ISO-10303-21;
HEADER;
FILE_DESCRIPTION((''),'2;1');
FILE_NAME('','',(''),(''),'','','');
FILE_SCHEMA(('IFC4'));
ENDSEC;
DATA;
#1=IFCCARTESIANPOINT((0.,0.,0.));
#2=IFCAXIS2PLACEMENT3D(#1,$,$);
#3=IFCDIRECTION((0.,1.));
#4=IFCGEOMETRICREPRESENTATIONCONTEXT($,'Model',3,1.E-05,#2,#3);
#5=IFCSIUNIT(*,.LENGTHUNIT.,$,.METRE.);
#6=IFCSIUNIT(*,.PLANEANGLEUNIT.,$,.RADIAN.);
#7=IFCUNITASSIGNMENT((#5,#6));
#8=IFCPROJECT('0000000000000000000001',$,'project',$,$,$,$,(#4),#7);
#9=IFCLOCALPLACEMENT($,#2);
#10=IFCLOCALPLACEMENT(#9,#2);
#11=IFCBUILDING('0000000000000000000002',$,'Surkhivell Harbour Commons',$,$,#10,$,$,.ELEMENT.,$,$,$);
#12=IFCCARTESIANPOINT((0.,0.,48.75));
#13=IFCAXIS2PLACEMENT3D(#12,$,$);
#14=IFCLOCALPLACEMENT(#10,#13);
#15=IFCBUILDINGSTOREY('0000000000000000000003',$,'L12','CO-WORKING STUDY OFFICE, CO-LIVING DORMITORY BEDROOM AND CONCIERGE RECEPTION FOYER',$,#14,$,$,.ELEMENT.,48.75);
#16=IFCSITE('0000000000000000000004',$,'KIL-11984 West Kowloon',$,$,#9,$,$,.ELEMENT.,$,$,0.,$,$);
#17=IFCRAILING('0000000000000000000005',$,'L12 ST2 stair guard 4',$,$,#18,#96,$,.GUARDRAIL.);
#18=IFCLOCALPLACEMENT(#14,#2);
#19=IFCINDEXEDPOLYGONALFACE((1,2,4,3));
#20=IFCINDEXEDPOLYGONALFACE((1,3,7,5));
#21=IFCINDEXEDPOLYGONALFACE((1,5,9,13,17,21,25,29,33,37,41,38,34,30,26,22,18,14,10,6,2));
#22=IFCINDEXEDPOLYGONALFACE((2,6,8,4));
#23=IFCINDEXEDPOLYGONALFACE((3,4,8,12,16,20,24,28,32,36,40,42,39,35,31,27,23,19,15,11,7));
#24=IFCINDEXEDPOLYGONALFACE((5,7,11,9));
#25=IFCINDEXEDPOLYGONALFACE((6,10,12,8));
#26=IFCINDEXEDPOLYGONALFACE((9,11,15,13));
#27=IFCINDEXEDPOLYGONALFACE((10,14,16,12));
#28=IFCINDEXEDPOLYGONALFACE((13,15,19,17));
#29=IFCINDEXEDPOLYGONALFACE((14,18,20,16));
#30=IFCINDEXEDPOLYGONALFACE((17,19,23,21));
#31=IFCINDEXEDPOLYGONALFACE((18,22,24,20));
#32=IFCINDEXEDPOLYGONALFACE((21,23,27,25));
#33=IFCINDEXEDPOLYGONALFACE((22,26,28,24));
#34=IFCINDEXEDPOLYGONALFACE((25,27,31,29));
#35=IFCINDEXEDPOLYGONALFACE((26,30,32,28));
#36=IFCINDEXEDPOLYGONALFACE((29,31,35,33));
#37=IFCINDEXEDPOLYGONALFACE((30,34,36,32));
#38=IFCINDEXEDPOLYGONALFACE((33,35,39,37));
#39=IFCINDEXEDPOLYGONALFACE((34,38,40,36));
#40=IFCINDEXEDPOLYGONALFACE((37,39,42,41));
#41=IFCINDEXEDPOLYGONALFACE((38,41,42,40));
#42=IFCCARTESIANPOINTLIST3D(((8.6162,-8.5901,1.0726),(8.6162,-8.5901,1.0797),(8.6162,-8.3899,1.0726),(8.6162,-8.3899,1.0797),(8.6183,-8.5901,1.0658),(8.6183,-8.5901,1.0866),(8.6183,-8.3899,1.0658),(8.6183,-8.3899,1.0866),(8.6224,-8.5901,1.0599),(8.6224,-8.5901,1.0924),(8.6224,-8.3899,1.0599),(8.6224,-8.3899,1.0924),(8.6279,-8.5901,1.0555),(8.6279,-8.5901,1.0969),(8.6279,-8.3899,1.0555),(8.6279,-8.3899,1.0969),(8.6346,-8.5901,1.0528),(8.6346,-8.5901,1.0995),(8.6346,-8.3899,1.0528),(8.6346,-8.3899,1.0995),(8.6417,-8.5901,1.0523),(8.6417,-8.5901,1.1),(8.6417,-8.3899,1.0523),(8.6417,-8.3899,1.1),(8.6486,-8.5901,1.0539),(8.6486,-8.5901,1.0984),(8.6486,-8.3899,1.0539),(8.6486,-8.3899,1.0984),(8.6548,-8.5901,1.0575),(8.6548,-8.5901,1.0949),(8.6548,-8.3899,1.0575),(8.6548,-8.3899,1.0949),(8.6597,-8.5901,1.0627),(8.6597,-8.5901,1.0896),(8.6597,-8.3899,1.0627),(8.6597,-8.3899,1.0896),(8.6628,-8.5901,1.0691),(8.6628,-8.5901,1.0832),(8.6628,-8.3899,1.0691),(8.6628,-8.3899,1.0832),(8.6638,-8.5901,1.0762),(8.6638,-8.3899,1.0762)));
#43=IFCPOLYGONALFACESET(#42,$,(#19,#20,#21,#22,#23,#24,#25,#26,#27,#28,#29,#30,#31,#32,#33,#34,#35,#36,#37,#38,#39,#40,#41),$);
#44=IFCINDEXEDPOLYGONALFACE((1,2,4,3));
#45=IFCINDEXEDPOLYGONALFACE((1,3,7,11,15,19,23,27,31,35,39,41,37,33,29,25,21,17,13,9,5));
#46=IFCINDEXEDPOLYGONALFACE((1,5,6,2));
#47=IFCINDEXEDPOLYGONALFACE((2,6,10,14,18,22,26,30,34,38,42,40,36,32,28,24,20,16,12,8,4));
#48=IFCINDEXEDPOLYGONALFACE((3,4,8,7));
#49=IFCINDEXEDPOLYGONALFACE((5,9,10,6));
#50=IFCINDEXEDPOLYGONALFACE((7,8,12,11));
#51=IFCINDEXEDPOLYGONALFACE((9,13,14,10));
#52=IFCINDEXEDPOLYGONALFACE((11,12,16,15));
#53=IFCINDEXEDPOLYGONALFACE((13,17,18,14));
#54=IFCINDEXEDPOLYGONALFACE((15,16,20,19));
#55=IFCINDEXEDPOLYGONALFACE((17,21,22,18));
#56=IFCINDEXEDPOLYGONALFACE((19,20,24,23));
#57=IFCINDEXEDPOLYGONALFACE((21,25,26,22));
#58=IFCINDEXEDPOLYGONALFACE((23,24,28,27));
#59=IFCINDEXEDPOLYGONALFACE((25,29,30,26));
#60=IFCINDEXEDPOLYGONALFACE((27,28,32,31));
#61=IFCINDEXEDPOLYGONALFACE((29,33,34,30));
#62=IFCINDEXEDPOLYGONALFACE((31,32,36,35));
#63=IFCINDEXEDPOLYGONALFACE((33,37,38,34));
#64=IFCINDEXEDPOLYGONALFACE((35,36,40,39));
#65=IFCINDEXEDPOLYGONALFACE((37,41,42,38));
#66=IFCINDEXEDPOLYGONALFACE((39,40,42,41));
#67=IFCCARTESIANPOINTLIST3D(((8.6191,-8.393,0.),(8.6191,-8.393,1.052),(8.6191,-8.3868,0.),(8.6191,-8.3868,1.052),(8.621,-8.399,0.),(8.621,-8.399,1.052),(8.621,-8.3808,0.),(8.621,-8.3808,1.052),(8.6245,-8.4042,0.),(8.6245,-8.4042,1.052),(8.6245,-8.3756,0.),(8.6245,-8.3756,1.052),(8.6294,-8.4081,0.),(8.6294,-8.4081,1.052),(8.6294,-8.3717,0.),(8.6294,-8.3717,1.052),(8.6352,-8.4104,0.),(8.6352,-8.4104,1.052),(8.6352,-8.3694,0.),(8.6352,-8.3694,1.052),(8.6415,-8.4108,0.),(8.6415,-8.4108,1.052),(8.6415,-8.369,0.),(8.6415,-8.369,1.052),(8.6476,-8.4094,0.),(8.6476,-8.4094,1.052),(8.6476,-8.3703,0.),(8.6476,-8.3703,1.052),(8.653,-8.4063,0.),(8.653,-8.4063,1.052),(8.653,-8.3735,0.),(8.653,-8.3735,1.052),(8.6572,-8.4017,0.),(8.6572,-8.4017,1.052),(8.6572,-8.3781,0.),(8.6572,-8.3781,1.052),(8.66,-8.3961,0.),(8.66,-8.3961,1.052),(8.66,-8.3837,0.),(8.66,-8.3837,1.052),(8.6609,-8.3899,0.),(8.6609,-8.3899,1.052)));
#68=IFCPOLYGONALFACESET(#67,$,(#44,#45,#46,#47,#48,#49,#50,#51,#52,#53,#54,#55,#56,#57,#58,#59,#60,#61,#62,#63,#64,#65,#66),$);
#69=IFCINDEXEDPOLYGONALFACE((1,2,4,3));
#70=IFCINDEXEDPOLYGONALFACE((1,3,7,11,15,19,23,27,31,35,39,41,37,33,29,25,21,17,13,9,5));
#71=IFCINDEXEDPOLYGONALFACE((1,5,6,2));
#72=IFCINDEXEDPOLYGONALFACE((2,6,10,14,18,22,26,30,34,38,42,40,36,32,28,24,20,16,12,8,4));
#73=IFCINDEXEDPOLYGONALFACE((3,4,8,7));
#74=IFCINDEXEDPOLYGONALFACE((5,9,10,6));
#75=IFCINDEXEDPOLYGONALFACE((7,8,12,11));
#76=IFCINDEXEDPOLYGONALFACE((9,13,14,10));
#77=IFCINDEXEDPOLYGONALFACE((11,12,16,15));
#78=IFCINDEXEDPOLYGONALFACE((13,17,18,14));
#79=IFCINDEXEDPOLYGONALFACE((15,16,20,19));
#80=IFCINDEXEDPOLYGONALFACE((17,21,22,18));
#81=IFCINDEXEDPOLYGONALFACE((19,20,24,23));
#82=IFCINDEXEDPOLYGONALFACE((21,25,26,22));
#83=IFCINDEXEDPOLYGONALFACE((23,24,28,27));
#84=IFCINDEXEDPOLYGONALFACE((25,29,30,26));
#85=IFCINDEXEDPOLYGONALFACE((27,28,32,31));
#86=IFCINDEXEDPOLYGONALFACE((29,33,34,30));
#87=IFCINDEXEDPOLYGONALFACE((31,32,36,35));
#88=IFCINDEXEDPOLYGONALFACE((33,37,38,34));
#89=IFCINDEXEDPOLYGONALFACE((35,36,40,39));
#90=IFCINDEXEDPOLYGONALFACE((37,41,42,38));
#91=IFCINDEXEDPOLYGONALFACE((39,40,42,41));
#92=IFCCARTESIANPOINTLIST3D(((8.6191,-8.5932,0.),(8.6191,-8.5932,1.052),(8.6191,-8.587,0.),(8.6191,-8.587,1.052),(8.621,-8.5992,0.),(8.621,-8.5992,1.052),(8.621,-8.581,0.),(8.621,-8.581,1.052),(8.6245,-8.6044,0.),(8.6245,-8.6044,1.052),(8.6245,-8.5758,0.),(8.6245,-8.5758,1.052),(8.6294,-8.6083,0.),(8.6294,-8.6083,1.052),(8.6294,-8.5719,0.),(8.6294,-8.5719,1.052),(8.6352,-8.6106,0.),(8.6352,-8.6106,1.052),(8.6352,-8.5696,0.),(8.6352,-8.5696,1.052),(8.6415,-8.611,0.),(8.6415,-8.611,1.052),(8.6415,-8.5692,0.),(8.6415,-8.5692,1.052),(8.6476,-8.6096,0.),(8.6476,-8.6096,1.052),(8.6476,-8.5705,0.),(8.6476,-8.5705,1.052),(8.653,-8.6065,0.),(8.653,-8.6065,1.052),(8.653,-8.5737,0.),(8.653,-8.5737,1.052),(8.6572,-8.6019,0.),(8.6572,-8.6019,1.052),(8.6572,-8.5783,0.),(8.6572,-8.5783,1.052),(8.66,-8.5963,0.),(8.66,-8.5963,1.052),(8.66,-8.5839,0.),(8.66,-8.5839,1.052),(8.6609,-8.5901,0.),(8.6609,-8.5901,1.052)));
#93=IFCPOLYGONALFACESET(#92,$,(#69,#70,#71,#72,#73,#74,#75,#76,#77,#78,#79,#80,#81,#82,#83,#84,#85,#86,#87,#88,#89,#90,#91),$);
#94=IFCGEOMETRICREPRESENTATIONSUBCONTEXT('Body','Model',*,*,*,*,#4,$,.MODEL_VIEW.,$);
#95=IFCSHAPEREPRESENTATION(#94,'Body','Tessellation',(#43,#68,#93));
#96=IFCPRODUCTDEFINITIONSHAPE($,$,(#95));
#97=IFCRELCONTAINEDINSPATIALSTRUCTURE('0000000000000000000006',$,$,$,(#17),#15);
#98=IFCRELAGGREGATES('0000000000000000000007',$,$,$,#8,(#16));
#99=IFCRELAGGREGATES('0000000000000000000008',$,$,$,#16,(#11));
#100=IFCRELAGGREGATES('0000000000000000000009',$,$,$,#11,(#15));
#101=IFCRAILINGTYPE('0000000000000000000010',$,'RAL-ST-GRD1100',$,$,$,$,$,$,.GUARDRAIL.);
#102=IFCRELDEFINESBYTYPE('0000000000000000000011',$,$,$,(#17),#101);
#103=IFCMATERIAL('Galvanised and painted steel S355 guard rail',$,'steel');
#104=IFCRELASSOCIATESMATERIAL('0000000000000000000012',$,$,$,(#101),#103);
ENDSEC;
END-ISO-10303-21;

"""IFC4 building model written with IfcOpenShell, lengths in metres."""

from ifc_helpers import new_model, si_unit, direction, frame, origin, origin_2d, place, context, subcontext, project, spatial, circle, extrude, material, type_object, element, save


model = new_model("IFC4")

# Units and contexts
model_context = context("Model", 3, precision=1e-05, world=origin(), true_north=direction((0.0, 1.0)))
body_context = subcontext(model_context, "Body", "Model", "MODEL_VIEW")
ifc_project = project(units=[si_unit("LENGTHUNIT", "METRE"), si_unit("PLANEANGLEUNIT", "RADIAN")], contexts=[model_context])

# Site, building, storey
site_placement = place(None, origin())
site = spatial("IfcSite", under=ifc_project, at=site_placement, Name="KIL-11984 West Kowloon", CompositionType="ELEMENT", RefElevation=0.0)
building_placement = place(site_placement, origin())
building = spatial("IfcBuilding", under=site, at=building_placement, Name="Surkhivell Harbour Commons", CompositionType="ELEMENT")
storey_placement = place(building_placement, frame((0.0, 0.0, 48.75)))
storey = spatial("IfcBuildingStorey", under=building, at=storey_placement, Name="L12", Description="CO-WORKING STUDY OFFICE, CO-LIVING DORMITORY BEDROOM AND CONCIERGE RECEPTION FOYER", CompositionType="ELEMENT", Elevation=48.75)

# Railing
ifc_material_1 = material(Name="Galvanised and painted steel S355 guard rail", Category="steel")
railing_type_1 = type_object("IfcRailingType", Name="RAL-ST-GRD1100", PredefinedType="GUARDRAIL", material=ifc_material_1)
railing_1_placement = place(storey_placement, frame((8.6399, -8.3899, 0.0)))
element("IfcRailing", 1, at=railing_1_placement, inside=storey, type_object=railing_type_1, Name="L12 ST2 stair guard 4", PredefinedType="GUARDRAIL", context=body_context, shape_type="SweptSolid", body=[
    extrude(circle(Radius=0.0239, at=origin_2d()), frame((0.0, 0.0, 1.0762), z_axis=(0.0, -1.0, 0.0), x_axis=(1.0, 0.0, 0.0)), (0.0, 0.0, 1.0), 0.2002),
    extrude(circle(Radius=0.021, at=origin_2d()), origin(), (0.0, 0.0, 1.0), 1.052),
    extrude(circle(Radius=0.021, at=origin_2d()), frame((0.0, -0.2002, 0.0)), (0.0, 0.0, 1.0), 1.052),
])

save(model, "model.ifc")
